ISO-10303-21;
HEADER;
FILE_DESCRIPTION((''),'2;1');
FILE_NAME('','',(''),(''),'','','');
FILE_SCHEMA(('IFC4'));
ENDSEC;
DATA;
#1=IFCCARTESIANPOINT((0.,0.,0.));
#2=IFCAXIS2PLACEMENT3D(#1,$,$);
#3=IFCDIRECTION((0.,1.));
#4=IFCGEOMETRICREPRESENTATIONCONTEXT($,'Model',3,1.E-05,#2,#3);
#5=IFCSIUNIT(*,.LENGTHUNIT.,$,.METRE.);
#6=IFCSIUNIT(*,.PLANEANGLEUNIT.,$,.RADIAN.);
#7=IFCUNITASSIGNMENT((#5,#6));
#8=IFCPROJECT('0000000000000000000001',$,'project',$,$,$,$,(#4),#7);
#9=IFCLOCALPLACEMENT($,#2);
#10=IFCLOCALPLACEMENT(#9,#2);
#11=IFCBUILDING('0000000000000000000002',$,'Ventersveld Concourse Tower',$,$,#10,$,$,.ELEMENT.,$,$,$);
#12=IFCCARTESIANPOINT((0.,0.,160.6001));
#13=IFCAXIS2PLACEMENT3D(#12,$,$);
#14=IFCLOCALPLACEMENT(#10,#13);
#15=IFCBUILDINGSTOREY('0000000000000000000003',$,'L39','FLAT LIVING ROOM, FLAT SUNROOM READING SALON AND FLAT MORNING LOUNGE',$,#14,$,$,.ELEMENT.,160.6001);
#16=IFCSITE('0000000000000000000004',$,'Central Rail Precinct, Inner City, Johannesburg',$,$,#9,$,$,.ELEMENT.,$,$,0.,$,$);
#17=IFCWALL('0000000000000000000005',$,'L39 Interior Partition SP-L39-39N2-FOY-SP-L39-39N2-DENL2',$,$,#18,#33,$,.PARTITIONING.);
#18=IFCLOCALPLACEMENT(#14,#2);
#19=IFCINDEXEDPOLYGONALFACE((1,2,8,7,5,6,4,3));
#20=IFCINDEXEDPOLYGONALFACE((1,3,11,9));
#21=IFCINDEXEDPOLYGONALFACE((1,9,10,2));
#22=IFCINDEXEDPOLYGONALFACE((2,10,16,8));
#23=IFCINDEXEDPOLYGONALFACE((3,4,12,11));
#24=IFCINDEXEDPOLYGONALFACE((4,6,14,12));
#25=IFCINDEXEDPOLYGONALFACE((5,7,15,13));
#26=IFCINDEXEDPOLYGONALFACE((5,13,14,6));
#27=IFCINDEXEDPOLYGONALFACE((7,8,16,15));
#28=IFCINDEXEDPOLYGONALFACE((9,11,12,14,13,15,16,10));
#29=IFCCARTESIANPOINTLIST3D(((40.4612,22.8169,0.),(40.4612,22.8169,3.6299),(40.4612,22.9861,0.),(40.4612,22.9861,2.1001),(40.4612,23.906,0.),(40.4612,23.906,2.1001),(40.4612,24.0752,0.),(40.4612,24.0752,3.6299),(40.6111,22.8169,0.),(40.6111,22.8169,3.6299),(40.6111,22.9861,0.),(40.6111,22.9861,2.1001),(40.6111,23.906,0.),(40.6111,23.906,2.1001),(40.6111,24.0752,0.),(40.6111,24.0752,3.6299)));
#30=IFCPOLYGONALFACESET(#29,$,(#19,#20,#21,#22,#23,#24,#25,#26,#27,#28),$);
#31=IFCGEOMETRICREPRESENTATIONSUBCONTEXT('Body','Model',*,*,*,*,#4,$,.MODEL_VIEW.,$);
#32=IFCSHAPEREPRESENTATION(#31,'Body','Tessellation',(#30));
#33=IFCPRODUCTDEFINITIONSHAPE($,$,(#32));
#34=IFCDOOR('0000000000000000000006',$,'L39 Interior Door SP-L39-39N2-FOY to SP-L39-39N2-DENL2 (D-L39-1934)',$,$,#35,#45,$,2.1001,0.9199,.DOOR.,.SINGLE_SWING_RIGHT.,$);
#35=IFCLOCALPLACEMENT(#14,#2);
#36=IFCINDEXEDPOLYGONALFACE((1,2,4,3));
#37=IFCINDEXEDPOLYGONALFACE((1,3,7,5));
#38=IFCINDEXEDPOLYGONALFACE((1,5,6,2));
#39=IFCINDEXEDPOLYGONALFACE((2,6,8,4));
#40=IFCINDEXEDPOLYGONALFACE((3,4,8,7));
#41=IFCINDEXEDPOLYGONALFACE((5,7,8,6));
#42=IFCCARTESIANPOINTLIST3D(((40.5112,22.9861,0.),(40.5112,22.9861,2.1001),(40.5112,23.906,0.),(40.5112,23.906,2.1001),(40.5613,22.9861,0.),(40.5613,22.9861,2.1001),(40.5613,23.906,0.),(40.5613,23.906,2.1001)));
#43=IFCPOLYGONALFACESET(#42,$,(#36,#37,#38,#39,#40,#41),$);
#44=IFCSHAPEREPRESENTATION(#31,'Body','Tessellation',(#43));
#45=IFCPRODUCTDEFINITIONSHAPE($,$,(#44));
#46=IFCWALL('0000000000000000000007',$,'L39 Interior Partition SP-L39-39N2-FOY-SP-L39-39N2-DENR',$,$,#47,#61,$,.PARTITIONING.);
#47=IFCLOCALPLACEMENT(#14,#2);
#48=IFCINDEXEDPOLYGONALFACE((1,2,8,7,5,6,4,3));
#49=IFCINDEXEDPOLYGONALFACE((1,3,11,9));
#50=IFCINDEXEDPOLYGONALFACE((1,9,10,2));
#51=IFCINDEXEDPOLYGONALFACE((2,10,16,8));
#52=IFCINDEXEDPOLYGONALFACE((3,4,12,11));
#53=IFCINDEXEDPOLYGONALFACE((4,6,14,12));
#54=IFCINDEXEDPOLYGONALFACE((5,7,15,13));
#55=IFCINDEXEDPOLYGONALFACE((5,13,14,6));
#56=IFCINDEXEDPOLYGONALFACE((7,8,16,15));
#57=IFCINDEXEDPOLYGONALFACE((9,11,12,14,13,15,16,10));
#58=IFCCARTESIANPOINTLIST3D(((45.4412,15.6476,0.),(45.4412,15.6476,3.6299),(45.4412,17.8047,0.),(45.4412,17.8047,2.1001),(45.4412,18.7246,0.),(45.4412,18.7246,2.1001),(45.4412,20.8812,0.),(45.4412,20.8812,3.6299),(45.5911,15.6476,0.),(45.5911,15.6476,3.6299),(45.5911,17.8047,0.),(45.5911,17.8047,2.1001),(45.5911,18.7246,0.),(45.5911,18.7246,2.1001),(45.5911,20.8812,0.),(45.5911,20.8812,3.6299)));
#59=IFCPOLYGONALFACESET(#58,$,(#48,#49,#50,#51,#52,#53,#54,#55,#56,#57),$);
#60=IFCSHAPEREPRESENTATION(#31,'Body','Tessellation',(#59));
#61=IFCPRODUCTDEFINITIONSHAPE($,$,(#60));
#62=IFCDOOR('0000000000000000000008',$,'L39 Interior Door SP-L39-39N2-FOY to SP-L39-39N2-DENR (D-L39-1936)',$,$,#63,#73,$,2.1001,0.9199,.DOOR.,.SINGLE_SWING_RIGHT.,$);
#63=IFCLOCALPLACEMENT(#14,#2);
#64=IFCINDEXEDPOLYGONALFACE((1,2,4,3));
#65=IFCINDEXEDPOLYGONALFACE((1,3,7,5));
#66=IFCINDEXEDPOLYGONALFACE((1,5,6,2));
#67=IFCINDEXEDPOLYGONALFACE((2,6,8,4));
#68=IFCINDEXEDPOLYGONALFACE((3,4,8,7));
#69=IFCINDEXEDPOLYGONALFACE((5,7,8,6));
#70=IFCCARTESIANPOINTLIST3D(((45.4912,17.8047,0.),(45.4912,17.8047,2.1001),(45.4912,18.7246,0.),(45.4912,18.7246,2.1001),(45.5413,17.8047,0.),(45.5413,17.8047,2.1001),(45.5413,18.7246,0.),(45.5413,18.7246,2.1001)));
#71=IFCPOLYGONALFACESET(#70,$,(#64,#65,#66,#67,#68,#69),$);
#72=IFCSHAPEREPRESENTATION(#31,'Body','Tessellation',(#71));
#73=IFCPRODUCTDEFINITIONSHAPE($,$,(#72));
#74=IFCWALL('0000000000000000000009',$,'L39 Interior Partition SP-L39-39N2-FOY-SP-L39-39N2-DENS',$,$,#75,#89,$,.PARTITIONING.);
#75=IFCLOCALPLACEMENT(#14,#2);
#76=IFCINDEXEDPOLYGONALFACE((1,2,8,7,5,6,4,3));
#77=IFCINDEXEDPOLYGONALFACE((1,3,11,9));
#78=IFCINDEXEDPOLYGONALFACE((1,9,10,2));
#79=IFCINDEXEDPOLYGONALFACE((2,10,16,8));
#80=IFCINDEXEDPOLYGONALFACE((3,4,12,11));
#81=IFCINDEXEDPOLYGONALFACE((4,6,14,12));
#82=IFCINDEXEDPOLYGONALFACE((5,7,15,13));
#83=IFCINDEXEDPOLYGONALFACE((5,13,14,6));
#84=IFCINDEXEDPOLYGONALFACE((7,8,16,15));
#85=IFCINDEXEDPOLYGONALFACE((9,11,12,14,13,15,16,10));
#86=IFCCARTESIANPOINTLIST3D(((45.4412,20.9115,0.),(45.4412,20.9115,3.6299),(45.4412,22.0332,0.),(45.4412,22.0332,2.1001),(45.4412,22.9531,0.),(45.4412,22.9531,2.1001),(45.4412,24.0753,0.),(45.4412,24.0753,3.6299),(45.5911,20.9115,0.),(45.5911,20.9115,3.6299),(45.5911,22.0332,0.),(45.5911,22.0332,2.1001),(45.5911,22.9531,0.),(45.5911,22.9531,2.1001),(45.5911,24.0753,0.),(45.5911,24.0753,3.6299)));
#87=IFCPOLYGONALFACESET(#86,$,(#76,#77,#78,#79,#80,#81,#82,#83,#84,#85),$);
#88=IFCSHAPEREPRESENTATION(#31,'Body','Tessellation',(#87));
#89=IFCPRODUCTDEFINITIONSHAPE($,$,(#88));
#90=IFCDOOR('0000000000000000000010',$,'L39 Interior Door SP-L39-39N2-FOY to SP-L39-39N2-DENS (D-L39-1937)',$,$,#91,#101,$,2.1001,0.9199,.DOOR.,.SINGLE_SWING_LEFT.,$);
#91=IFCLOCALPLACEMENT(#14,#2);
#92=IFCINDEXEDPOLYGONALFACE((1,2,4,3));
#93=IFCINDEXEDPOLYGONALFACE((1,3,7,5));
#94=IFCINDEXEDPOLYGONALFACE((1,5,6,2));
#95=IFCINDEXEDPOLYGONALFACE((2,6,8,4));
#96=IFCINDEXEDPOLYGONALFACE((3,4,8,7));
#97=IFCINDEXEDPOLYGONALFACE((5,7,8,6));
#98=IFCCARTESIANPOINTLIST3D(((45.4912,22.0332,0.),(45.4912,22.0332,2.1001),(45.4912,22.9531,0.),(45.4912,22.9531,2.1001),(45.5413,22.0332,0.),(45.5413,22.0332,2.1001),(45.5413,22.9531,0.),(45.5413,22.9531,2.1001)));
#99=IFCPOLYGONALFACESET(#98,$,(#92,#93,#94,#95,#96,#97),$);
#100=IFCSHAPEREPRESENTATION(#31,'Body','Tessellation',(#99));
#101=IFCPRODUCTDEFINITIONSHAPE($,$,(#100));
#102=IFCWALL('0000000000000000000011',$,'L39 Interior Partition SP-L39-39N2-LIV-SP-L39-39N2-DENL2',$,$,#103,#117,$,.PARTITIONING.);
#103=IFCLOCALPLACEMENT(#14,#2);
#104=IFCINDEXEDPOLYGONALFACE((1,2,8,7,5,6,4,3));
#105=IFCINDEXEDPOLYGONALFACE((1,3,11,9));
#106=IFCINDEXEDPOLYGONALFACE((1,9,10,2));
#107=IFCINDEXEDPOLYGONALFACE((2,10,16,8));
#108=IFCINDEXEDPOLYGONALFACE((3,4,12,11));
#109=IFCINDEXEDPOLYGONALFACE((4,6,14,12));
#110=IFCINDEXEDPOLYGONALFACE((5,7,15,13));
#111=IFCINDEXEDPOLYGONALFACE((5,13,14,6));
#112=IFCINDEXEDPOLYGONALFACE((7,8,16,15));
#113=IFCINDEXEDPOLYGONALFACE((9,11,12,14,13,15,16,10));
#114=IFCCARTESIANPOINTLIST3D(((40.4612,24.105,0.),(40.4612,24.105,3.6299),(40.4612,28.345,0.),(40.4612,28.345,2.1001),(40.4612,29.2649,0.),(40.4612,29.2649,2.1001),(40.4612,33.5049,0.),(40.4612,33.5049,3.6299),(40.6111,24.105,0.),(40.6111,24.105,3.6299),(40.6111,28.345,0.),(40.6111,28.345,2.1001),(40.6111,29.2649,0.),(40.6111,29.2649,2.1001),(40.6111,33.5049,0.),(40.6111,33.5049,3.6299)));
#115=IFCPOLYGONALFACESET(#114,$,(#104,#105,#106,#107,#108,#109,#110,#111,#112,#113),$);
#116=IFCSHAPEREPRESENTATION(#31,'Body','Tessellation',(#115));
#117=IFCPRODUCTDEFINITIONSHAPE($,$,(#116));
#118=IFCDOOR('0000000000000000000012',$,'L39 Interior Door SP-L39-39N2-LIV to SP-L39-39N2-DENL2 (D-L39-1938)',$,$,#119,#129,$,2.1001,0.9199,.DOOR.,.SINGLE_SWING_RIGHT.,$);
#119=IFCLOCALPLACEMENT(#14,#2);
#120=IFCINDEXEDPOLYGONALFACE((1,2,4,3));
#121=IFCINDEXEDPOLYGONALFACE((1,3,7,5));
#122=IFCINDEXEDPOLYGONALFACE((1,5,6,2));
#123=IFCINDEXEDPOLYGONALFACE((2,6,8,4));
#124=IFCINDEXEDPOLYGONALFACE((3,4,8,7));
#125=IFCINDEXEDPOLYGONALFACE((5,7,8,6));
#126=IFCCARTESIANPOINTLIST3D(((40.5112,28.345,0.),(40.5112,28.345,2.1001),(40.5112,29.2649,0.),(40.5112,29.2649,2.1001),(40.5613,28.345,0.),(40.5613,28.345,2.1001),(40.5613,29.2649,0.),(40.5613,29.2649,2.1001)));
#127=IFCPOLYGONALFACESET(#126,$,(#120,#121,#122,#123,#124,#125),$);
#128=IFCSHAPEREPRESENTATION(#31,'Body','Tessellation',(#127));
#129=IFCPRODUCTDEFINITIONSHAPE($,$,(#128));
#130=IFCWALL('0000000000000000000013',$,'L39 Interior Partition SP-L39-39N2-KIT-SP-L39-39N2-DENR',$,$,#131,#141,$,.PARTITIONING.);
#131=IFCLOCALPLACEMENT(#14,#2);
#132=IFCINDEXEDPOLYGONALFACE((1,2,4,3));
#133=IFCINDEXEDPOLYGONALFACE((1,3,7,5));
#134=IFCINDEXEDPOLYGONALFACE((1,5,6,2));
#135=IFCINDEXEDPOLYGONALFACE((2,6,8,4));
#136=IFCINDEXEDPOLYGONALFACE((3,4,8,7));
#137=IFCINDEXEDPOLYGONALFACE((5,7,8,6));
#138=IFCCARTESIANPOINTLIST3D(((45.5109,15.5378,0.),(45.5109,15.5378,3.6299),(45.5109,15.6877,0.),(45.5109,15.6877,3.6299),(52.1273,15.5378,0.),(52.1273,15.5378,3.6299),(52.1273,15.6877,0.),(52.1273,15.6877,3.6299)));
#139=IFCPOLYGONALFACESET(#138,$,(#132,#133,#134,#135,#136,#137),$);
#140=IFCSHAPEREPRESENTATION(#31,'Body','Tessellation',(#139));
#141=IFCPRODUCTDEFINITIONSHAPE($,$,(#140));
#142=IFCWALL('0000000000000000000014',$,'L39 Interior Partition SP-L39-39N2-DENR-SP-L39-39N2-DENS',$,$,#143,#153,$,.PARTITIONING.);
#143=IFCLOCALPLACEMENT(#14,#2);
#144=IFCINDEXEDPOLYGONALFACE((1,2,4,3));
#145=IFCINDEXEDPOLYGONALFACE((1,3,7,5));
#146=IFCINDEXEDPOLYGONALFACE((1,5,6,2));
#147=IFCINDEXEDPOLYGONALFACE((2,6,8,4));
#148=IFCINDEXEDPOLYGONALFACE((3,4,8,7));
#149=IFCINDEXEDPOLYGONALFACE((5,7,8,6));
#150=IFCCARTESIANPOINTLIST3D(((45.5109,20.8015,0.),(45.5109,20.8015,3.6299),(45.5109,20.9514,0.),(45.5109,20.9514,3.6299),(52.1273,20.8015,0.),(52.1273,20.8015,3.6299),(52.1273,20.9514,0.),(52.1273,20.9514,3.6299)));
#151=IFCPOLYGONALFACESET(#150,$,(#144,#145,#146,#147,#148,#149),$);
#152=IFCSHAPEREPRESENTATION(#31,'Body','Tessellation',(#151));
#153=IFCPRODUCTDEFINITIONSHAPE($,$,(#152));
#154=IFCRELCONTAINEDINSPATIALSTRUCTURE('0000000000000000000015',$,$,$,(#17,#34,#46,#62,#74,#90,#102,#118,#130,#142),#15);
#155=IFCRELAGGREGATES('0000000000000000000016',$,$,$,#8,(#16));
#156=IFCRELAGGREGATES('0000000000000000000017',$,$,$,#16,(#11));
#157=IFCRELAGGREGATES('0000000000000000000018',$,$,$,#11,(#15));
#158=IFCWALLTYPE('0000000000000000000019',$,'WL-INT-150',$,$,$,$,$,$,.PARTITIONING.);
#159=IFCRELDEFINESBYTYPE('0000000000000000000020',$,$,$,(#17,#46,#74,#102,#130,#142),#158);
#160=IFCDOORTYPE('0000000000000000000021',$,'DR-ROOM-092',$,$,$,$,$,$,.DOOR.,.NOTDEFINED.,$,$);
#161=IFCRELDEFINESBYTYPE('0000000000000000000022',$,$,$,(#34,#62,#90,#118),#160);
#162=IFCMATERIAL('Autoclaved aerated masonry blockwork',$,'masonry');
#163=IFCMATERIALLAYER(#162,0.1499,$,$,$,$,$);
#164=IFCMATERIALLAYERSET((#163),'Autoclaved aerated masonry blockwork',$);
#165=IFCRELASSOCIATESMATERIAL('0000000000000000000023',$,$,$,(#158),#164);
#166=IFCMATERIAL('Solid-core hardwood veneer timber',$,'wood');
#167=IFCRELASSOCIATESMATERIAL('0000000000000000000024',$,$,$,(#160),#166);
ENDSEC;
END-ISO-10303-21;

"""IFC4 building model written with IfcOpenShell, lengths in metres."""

from ifc_helpers import new_model, si_unit, direction, frame, frame_2d, origin, place, context, subcontext, project, spatial, rectangle, extrude, material, layer, layer_set, type_object, element, fill, save


model = new_model("IFC4")

# Units and contexts
model_context = context("Model", 3, precision=1e-05, world=origin(), true_north=direction((0.0, 1.0)))
body_context = subcontext(model_context, "Body", "Model", "MODEL_VIEW")
ifc_project = project(units=[si_unit("LENGTHUNIT", "METRE"), si_unit("PLANEANGLEUNIT", "RADIAN")], contexts=[model_context])

# Site, building, storey
site_placement = place(None, origin())
site = spatial("IfcSite", under=ifc_project, at=site_placement, Name="Central Rail Precinct, Inner City, Johannesburg", CompositionType="ELEMENT", RefElevation=0.0)
building_placement = place(site_placement, origin())
building = spatial("IfcBuilding", under=site, at=building_placement, Name="Ventersveld Concourse Tower", CompositionType="ELEMENT")
storey_placement = place(building_placement, frame((0.0, 0.0, 160.6001)))
storey = spatial("IfcBuildingStorey", under=building, at=storey_placement, Name="L39", Description="FLAT LIVING ROOM, FLAT SUNROOM READING SALON AND FLAT MORNING LOUNGE", CompositionType="ELEMENT", Elevation=160.6001)

# Shared definitions
ifc_material_1 = material(Name="Solid-core hardwood veneer timber", Category="wood")

# Walls, openings, doors
ifc_material_2 = material(Name="Autoclaved aerated masonry blockwork", Category="masonry")
ifc_layer_1 = layer(ifc_material_2, 0.1499)
ifc_layer_set_1 = layer_set([ifc_layer_1], Name="Autoclaved aerated masonry blockwork")
wall_type_1 = type_object("IfcWallType", Name="WL-INT-150", PredefinedType="PARTITIONING", material=ifc_layer_set_1)
door_type_1 = type_object("IfcDoorType", Name="DR-ROOM-092", OperationType="NOTDEFINED", PredefinedType="DOOR", material=ifc_material_1)
wall_1_placement = place(storey_placement, frame((40.5361, 22.8169, 0.0), z_axis=(0.0, 0.0, 1.0), x_axis=(0.0, 1.0, 0.0)))
wall_1 = element("IfcWall", 1, at=wall_1_placement, inside=storey, type_object=wall_type_1, Name="L39 Interior Partition SP-L39-39N2-FOY-SP-L39-39N2-DENL2", PredefinedType="PARTITIONING", context=body_context, shape_type="SweptSolid", body=[
    extrude(rectangle(XDim=1.2583, YDim=0.1499, at=frame_2d((0.6292, 0.0))), origin(), (0.0, 0.0, 1.0), 3.6299),
])
opening_1_placement = place(wall_1_placement, frame((0.1692, 0.0, 0.0)))
opening_1 = element("IfcOpeningElement", 2, at=opening_1_placement, cuts=wall_1, PredefinedType="OPENING", context=body_context, shape_type="SweptSolid", body=[
    extrude(rectangle(XDim=0.9199, YDim=2.1001, at=frame_2d((0.46, 1.05))), frame((0.0, 0.085, 0.0), z_axis=(0.0, -1.0, 0.0), x_axis=(1.0, 0.0, 0.0)), (0.0, 0.0, 1.0), 0.1699),
])
door_1_placement = place(opening_1_placement, origin())
door_1 = element("IfcDoor", 3, at=door_1_placement, inside=storey, type_object=door_type_1, Name="L39 Interior Door SP-L39-39N2-FOY to SP-L39-39N2-DENL2 (D-L39-1934)", OperationType="SINGLE_SWING_RIGHT", OverallHeight=2.1001, OverallWidth=0.9199, PredefinedType="DOOR", context=body_context, shape_type="SweptSolid", body=[
    extrude(rectangle(XDim=0.9199, YDim=2.1001, at=frame_2d((0.46, 1.05))), frame((0.0, 0.0249, 0.0), z_axis=(0.0, -1.0, 0.0), x_axis=(1.0, 0.0, 0.0)), (0.0, 0.0, 1.0), 0.05),
])
fill(opening_1, door_1)
wall_2_placement = place(storey_placement, frame((45.5161, 15.6477, 0.0), z_axis=(0.0, 0.0, 1.0), x_axis=(0.0, 1.0, 0.0)))
wall_2 = element("IfcWall", 4, at=wall_2_placement, inside=storey, type_object=wall_type_1, Name="L39 Interior Partition SP-L39-39N2-FOY-SP-L39-39N2-DENR", PredefinedType="PARTITIONING", context=body_context, shape_type="SweptSolid", body=[
    extrude(rectangle(XDim=5.2336, YDim=0.1499, at=frame_2d((2.6167, 0.0))), origin(), (0.0, 0.0, 1.0), 3.6299),
])
opening_2_placement = place(wall_2_placement, frame((2.157, 0.0, 0.0)))
opening_2 = element("IfcOpeningElement", 5, at=opening_2_placement, cuts=wall_2, PredefinedType="OPENING", context=body_context, shape_type="SweptSolid", body=[
    extrude(rectangle(XDim=0.9199, YDim=2.1001, at=frame_2d((0.46, 1.05))), frame((0.0, 0.085, 0.0), z_axis=(0.0, -1.0, 0.0), x_axis=(1.0, 0.0, 0.0)), (0.0, 0.0, 1.0), 0.1699),
])
door_2_placement = place(opening_2_placement, origin())
door_2 = element("IfcDoor", 6, at=door_2_placement, inside=storey, type_object=door_type_1, Name="L39 Interior Door SP-L39-39N2-FOY to SP-L39-39N2-DENR (D-L39-1936)", OperationType="SINGLE_SWING_RIGHT", OverallHeight=2.1001, OverallWidth=0.9199, PredefinedType="DOOR", context=body_context, shape_type="SweptSolid", body=[
    extrude(rectangle(XDim=0.9199, YDim=2.1001, at=frame_2d((0.46, 1.05))), frame((0.0, 0.0249, 0.0), z_axis=(0.0, -1.0, 0.0), x_axis=(1.0, 0.0, 0.0)), (0.0, 0.0, 1.0), 0.05),
])
fill(opening_2, door_2)
wall_3_placement = place(storey_placement, frame((45.5161, 20.9114, 0.0), z_axis=(0.0, 0.0, 1.0), x_axis=(0.0, 1.0, 0.0)))
wall_3 = element("IfcWall", 7, at=wall_3_placement, inside=storey, type_object=wall_type_1, Name="L39 Interior Partition SP-L39-39N2-FOY-SP-L39-39N2-DENS", PredefinedType="PARTITIONING", context=body_context, shape_type="SweptSolid", body=[
    extrude(rectangle(XDim=3.1638, YDim=0.1499, at=frame_2d((1.582, 0.0))), origin(), (0.0, 0.0, 1.0), 3.6299),
])
opening_3_placement = place(wall_3_placement, frame((1.1218, 0.0, 0.0)))
opening_3 = element("IfcOpeningElement", 8, at=opening_3_placement, cuts=wall_3, PredefinedType="OPENING", context=body_context, shape_type="SweptSolid", body=[
    extrude(rectangle(XDim=0.9199, YDim=2.1001, at=frame_2d((0.46, 1.05))), frame((0.0, 0.085, 0.0), z_axis=(0.0, -1.0, 0.0), x_axis=(1.0, 0.0, 0.0)), (0.0, 0.0, 1.0), 0.1699),
])
door_3_placement = place(opening_3_placement, origin())
door_3 = element("IfcDoor", 9, at=door_3_placement, inside=storey, type_object=door_type_1, Name="L39 Interior Door SP-L39-39N2-FOY to SP-L39-39N2-DENS (D-L39-1937)", OperationType="SINGLE_SWING_LEFT", OverallHeight=2.1001, OverallWidth=0.9199, PredefinedType="DOOR", context=body_context, shape_type="SweptSolid", body=[
    extrude(rectangle(XDim=0.9199, YDim=2.1001, at=frame_2d((0.46, 1.05))), frame((0.0, 0.0249, 0.0), z_axis=(0.0, -1.0, 0.0), x_axis=(1.0, 0.0, 0.0)), (0.0, 0.0, 1.0), 0.05),
])
fill(opening_3, door_3)
wall_4_placement = place(storey_placement, frame((40.5361, 24.105, 0.0), z_axis=(0.0, 0.0, 1.0), x_axis=(0.0, 1.0, 0.0)))
wall_4 = element("IfcWall", 10, at=wall_4_placement, inside=storey, type_object=wall_type_1, Name="L39 Interior Partition SP-L39-39N2-LIV-SP-L39-39N2-DENL2", PredefinedType="PARTITIONING", context=body_context, shape_type="SweptSolid", body=[
    extrude(rectangle(XDim=9.3999, YDim=0.1499, at=frame_2d((4.7, 0.0))), origin(), (0.0, 0.0, 1.0), 3.6299),
])
opening_4_placement = place(wall_4_placement, frame((4.24, 0.0, 0.0)))
opening_4 = element("IfcOpeningElement", 11, at=opening_4_placement, cuts=wall_4, PredefinedType="OPENING", context=body_context, shape_type="SweptSolid", body=[
    extrude(rectangle(XDim=0.9199, YDim=2.1001, at=frame_2d((0.46, 1.05))), frame((0.0, 0.085, 0.0), z_axis=(0.0, -1.0, 0.0), x_axis=(1.0, 0.0, 0.0)), (0.0, 0.0, 1.0), 0.1699),
])
door_4_placement = place(opening_4_placement, origin())
door_4 = element("IfcDoor", 12, at=door_4_placement, inside=storey, type_object=door_type_1, Name="L39 Interior Door SP-L39-39N2-LIV to SP-L39-39N2-DENL2 (D-L39-1938)", OperationType="SINGLE_SWING_RIGHT", OverallHeight=2.1001, OverallWidth=0.9199, PredefinedType="DOOR", context=body_context, shape_type="SweptSolid", body=[
    extrude(rectangle(XDim=0.9199, YDim=2.1001, at=frame_2d((0.46, 1.05))), frame((0.0, 0.0249, 0.0), z_axis=(0.0, -1.0, 0.0), x_axis=(1.0, 0.0, 0.0)), (0.0, 0.0, 1.0), 0.05),
])
fill(opening_4, door_4)

# Walls
for number, where, z_axis, x_axis, name in (
    (13, (45.511, 15.6128, 0.0), (0.0, 0.0, 1.0), (1.0, 0.0, 0.0), "L39 Interior Partition SP-L39-39N2-KIT-SP-L39-39N2-DENR"),
    (14, (45.511, 20.8765, 0.0), (0.0, 0.0, 1.0), (1.0, 0.0, 0.0), "L39 Interior Partition SP-L39-39N2-DENR-SP-L39-39N2-DENS"),
):
    element("IfcWall", number, at=place(storey_placement, frame(where, z_axis=z_axis, x_axis=x_axis)), inside=storey, type_object=wall_type_1, Name=name, PredefinedType="PARTITIONING", context=body_context, shape_type="SweptSolid", body=[
        extrude(rectangle(XDim=6.6165, YDim=0.1499, at=frame_2d((3.3081, 0.0))), origin(), (0.0, 0.0, 1.0), 3.6299),
    ])

save(model, "model.ifc")
